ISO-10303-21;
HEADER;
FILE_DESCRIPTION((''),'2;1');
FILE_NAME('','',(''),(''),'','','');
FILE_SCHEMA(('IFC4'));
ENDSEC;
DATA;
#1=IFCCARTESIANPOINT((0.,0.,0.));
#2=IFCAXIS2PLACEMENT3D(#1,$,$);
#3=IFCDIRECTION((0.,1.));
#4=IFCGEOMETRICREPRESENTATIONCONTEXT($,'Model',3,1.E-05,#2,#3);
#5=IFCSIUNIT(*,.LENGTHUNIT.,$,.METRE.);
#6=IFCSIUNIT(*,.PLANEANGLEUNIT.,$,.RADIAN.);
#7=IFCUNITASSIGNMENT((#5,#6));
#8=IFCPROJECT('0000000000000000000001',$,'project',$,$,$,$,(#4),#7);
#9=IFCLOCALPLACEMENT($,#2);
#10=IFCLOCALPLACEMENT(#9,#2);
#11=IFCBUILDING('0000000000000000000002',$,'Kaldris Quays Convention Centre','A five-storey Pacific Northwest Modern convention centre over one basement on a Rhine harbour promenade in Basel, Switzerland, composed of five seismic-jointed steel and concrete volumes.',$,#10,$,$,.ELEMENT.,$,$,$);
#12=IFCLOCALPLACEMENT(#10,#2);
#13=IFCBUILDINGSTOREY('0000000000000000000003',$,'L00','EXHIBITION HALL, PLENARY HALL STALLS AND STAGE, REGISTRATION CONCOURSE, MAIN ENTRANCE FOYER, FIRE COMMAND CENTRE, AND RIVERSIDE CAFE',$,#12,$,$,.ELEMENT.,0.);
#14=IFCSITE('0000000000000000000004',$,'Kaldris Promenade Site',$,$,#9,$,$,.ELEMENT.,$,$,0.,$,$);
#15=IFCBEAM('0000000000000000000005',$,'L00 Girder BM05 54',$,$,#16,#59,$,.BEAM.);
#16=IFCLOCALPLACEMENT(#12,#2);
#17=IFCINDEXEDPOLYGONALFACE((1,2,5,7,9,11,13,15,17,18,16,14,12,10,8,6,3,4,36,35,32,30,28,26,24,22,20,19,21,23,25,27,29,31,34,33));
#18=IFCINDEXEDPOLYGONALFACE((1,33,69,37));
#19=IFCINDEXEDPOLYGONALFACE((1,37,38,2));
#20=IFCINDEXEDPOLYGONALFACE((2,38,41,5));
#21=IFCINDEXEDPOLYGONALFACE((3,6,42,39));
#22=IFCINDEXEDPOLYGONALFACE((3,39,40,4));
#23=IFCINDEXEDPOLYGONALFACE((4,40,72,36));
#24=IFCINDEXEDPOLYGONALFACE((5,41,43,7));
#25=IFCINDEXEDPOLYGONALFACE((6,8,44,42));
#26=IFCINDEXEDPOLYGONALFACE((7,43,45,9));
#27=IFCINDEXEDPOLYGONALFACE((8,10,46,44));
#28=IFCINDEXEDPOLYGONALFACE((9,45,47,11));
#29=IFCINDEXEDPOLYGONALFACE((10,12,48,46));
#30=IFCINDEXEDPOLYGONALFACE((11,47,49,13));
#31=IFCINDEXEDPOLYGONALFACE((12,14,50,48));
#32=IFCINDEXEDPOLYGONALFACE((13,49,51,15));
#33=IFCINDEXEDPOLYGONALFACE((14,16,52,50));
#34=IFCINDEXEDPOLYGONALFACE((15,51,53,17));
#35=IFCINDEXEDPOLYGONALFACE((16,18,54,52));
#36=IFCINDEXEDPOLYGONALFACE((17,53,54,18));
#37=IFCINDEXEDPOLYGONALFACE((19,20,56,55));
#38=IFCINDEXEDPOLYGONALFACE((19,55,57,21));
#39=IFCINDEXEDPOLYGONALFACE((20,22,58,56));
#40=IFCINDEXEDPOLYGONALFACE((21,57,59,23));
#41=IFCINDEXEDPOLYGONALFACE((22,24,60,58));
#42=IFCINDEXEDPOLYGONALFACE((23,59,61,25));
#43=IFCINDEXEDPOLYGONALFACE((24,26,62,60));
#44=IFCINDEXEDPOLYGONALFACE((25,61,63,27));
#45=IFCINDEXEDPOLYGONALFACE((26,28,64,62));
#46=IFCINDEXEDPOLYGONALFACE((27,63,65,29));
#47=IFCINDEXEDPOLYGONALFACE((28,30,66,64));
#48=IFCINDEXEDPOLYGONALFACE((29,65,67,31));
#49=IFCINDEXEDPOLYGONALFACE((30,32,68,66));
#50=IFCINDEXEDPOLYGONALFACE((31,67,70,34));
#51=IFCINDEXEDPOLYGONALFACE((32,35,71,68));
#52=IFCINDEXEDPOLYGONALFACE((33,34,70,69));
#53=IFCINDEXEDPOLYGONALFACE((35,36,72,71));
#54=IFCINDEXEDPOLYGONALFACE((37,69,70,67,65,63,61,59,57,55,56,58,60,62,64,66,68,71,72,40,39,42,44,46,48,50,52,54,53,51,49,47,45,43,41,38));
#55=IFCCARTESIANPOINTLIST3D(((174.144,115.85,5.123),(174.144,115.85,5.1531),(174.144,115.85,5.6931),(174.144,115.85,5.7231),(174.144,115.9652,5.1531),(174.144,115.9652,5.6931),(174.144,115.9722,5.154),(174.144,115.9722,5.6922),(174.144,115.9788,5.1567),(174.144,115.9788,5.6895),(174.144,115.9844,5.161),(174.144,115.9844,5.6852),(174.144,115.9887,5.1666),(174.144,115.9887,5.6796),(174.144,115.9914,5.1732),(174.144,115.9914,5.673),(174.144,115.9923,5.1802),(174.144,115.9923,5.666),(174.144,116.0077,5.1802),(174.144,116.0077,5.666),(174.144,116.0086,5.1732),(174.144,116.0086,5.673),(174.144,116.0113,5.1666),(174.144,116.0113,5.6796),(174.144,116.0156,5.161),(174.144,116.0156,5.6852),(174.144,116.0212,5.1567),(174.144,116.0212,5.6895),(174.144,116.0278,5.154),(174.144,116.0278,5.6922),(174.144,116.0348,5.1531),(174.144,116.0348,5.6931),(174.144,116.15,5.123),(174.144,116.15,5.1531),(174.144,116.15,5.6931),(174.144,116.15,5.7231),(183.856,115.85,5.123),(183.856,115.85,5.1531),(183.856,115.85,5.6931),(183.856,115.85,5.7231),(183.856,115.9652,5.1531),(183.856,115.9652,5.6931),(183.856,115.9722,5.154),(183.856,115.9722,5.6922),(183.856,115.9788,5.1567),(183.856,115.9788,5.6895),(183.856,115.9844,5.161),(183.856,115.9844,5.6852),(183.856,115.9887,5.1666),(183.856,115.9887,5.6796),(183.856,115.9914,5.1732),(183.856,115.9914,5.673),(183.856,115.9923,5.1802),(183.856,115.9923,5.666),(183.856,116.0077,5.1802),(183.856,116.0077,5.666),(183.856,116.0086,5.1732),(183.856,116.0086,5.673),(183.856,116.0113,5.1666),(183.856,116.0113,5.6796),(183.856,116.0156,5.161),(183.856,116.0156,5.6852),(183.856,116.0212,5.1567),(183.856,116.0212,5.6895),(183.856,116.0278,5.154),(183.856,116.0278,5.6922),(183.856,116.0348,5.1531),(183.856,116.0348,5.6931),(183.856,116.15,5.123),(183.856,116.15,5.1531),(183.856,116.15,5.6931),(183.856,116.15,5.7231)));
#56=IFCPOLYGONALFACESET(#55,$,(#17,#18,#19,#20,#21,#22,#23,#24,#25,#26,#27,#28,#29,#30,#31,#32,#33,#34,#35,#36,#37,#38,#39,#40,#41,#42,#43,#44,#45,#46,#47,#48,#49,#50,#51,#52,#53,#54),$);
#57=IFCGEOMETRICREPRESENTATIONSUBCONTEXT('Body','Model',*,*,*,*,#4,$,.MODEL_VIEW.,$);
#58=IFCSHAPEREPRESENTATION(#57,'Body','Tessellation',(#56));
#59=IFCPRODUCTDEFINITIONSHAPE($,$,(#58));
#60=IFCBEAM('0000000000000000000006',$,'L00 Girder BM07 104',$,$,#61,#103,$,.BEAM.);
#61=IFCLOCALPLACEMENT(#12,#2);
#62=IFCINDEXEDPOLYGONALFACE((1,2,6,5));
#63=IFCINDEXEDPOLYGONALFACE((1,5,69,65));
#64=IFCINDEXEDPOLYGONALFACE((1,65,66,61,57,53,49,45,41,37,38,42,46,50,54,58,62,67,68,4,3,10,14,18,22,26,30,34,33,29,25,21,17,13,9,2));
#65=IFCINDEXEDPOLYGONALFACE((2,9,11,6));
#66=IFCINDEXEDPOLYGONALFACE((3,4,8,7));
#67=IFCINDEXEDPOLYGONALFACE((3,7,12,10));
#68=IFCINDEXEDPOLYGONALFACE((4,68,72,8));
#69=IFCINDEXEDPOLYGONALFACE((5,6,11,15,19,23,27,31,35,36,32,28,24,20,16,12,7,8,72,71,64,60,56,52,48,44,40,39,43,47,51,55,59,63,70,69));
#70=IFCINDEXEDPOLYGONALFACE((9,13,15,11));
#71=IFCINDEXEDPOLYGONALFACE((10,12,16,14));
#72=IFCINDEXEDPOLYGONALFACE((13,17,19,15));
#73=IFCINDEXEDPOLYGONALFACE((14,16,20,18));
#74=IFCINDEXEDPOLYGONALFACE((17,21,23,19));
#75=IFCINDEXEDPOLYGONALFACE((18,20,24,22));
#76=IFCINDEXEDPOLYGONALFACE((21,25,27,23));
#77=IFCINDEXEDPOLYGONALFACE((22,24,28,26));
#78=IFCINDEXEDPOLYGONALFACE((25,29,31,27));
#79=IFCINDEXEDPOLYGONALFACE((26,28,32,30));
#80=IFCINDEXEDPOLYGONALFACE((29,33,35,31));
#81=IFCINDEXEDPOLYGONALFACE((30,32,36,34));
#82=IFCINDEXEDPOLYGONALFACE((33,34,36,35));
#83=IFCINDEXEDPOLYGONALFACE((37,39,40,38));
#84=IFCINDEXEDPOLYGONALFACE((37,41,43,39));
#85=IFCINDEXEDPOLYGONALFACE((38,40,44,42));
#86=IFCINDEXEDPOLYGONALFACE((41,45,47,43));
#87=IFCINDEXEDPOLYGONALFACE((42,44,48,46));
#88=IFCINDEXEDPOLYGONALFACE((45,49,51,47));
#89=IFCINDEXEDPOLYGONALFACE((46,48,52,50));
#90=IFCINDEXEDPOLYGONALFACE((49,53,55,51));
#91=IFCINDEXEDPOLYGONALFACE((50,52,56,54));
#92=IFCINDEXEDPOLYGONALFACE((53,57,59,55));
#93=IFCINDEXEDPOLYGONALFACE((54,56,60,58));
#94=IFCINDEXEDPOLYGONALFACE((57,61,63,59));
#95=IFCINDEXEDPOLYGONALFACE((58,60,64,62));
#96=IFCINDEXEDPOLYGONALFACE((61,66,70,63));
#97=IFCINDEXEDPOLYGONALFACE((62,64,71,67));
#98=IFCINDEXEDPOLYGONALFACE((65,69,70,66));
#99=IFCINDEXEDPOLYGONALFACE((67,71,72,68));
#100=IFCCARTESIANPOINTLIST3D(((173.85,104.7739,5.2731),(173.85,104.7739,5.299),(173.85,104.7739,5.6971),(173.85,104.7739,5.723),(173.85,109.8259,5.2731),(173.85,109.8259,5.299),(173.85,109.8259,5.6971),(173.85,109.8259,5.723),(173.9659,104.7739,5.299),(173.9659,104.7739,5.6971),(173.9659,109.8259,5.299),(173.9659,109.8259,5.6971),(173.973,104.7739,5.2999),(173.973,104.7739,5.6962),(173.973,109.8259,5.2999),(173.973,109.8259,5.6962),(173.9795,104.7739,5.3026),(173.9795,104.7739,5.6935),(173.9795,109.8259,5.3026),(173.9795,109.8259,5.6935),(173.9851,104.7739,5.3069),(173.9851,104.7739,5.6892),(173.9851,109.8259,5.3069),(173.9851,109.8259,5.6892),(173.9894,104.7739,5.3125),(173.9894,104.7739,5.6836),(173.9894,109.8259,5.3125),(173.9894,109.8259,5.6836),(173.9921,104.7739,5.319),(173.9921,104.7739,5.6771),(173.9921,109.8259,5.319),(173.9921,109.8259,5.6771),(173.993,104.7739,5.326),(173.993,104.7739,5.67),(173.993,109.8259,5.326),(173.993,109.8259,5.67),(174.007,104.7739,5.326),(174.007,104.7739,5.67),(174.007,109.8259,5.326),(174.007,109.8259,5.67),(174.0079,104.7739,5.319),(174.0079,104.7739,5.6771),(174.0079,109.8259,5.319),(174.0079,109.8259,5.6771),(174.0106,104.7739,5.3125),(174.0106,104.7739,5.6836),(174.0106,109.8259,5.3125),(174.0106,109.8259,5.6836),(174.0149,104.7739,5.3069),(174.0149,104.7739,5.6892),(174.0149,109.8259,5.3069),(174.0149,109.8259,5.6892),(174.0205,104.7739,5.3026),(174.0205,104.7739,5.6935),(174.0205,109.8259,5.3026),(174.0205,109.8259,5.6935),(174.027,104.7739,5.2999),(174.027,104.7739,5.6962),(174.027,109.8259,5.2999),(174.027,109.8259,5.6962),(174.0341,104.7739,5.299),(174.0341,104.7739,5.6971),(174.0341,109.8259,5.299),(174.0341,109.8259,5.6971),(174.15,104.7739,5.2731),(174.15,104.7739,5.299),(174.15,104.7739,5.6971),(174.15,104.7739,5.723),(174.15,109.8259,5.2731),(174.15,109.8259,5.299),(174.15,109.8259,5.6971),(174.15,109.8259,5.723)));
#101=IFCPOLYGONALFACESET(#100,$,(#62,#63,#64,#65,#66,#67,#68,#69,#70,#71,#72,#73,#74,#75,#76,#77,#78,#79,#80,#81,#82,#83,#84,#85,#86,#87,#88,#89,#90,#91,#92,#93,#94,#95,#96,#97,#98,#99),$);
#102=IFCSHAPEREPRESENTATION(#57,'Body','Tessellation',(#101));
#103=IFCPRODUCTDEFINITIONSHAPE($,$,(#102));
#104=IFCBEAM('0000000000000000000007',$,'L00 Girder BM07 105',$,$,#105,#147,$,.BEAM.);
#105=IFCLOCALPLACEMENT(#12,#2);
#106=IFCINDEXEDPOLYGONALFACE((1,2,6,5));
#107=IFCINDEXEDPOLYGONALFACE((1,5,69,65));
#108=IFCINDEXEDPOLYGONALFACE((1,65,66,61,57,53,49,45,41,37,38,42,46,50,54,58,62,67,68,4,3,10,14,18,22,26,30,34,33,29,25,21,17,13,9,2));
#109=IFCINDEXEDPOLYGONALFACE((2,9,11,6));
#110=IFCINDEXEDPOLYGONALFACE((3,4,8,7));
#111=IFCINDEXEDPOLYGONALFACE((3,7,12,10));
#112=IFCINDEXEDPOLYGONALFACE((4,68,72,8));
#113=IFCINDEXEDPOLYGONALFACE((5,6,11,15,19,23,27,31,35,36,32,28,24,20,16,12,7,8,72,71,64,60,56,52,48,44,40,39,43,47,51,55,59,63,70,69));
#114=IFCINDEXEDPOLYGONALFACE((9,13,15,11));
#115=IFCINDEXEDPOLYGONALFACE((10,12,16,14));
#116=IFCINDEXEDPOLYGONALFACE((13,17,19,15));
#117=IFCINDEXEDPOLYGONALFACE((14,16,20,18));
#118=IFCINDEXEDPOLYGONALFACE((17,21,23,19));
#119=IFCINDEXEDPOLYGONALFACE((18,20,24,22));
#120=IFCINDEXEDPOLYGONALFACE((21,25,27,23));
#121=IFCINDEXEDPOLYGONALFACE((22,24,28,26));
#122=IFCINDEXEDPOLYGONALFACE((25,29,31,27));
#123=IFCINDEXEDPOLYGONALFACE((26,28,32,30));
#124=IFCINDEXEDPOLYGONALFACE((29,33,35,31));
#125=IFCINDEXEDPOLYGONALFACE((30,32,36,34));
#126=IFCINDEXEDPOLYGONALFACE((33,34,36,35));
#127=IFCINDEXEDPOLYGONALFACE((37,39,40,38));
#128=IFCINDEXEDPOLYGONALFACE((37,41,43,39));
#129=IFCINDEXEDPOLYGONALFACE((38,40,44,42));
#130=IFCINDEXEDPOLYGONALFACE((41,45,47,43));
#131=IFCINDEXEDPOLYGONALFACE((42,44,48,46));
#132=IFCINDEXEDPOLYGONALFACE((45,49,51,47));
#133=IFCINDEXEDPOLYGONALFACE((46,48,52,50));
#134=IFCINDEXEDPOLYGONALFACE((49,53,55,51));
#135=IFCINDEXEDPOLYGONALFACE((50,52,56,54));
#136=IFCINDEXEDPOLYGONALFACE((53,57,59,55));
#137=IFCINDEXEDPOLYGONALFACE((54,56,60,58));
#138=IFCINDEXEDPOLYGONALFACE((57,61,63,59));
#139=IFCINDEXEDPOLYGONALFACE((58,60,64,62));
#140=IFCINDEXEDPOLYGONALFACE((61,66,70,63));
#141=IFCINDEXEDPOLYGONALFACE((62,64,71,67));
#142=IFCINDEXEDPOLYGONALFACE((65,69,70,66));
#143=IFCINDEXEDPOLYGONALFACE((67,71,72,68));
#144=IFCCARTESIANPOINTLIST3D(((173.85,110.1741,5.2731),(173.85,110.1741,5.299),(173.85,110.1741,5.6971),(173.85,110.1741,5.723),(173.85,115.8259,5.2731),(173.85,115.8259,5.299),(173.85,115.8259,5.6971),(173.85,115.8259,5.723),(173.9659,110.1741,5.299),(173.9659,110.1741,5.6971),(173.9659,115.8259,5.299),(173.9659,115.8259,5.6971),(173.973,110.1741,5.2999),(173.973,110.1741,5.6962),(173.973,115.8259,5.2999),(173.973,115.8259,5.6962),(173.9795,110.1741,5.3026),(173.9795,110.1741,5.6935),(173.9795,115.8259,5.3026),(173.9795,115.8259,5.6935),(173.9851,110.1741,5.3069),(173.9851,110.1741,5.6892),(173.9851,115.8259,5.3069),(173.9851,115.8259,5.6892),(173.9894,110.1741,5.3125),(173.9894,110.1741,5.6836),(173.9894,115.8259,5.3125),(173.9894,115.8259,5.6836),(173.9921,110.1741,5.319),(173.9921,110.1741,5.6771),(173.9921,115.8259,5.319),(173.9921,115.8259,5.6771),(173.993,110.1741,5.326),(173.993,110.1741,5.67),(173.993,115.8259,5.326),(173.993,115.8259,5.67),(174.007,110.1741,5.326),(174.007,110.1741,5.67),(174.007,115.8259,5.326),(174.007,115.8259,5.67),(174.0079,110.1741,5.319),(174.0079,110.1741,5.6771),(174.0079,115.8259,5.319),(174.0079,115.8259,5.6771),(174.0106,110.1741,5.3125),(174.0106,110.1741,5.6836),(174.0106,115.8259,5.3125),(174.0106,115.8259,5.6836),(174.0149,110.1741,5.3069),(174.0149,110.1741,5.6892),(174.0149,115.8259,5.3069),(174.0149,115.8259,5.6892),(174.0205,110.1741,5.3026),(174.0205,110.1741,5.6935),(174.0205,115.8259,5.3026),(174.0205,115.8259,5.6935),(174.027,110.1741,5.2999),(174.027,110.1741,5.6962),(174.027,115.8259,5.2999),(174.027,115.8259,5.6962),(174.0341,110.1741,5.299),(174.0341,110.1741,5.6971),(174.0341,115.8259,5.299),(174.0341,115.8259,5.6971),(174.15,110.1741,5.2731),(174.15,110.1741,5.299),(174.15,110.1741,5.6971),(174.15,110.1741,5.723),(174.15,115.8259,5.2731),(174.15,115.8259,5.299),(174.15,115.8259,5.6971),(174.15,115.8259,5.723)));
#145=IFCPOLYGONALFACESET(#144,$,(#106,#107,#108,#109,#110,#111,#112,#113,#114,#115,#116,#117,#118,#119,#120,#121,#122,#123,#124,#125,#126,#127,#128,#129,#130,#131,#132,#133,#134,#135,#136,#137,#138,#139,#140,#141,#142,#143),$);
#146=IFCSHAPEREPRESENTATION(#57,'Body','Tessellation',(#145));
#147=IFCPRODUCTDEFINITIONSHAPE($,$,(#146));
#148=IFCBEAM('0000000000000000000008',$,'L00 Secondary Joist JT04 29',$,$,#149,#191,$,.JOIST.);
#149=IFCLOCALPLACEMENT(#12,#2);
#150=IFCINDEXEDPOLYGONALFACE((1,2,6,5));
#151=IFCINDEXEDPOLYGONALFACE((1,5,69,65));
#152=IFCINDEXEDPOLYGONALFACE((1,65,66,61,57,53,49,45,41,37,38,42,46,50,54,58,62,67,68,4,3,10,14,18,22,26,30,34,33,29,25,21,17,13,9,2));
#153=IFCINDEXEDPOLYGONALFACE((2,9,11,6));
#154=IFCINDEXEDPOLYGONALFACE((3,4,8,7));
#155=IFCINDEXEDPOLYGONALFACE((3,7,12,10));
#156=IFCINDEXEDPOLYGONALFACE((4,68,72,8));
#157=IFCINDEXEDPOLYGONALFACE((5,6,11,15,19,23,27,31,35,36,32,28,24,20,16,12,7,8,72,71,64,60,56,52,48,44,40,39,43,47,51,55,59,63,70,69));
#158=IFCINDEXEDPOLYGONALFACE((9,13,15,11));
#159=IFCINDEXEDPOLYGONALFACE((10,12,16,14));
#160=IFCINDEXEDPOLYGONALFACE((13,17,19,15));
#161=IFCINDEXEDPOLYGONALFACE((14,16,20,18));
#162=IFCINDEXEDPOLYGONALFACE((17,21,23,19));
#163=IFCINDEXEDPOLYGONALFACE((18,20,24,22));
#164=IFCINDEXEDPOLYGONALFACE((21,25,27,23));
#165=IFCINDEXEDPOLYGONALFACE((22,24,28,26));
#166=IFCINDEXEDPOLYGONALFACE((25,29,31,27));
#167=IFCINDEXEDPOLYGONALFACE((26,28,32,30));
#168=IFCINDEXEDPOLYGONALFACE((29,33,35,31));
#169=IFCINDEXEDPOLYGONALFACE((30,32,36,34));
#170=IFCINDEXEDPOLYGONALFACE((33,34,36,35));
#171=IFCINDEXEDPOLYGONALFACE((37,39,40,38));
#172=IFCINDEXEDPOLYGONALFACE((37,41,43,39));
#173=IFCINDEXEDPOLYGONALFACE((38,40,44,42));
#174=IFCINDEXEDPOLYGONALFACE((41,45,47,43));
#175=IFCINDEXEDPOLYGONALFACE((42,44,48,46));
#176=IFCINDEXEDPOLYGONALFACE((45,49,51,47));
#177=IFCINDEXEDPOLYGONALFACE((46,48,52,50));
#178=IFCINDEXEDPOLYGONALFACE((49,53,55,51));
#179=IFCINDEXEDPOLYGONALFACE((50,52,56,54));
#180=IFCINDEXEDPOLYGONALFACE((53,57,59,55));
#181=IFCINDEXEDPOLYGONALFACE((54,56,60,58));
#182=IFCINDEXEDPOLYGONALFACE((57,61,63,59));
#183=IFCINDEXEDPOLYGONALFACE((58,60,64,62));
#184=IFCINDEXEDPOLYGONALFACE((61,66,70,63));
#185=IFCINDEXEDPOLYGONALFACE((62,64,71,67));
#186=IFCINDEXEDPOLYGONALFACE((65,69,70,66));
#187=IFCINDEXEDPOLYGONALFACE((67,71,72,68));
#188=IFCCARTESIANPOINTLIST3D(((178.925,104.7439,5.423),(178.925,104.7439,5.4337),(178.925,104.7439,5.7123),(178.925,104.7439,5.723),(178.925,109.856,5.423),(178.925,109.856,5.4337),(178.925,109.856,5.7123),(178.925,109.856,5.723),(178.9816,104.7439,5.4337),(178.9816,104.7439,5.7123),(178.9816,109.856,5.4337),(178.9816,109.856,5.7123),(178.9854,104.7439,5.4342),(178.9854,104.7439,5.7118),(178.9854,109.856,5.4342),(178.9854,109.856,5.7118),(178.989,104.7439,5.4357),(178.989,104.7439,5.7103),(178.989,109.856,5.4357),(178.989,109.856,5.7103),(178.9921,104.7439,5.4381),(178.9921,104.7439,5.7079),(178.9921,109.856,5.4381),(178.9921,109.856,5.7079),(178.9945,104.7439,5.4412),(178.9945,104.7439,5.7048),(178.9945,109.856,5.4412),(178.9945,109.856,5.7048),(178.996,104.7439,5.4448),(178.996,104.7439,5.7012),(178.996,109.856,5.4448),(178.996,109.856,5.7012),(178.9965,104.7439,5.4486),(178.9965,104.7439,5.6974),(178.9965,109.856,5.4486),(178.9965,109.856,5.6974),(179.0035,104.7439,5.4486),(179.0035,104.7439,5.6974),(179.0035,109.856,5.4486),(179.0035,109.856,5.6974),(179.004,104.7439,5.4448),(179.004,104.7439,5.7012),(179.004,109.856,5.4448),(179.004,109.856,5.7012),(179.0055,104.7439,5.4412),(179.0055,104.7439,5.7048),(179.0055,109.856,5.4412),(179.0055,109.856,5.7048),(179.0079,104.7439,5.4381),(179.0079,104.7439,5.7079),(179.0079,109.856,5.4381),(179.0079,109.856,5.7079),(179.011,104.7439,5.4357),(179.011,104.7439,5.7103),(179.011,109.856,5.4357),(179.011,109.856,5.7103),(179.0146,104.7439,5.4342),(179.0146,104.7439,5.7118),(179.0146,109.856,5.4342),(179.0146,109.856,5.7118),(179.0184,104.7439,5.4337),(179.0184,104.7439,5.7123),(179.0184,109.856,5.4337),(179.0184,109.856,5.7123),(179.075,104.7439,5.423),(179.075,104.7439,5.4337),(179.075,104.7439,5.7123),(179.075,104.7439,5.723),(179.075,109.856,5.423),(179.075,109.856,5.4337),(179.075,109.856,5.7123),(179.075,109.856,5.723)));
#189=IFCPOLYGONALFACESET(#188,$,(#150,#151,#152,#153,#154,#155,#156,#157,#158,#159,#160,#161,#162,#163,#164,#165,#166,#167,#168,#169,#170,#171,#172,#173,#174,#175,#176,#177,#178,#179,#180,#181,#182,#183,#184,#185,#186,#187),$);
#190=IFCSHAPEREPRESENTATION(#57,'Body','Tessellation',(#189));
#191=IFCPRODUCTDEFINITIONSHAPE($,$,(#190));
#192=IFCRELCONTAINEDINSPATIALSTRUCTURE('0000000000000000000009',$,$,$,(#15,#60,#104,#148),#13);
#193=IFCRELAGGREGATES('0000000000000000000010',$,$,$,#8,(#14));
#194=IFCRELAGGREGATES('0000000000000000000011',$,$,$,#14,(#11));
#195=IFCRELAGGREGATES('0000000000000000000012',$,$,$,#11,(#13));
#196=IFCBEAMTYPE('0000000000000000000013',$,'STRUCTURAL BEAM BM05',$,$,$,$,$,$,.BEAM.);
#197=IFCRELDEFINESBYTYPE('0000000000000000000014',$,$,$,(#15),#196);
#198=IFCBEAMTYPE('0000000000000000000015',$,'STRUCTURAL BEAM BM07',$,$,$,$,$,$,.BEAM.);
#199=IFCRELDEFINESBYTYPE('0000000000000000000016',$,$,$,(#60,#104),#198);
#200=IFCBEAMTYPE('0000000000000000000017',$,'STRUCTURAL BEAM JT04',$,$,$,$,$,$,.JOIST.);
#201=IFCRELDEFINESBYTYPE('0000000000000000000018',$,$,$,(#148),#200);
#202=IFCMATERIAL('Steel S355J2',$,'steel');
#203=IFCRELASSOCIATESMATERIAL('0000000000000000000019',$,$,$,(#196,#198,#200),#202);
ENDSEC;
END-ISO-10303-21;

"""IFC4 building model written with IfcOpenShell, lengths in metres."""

from ifc_helpers import new_model, si_unit, direction, frame, origin, origin_2d, place, context, subcontext, project, spatial, i_section, extrude, material, material_profile, profile_set, type_object, element, save


model = new_model("IFC4")

# Units and contexts
model_context = context("Model", 3, precision=1e-05, world=origin(), true_north=direction((0.0, 1.0)))
body_context = subcontext(model_context, "Body", "Model", "MODEL_VIEW")
ifc_project = project(units=[si_unit("LENGTHUNIT", "METRE"), si_unit("PLANEANGLEUNIT", "RADIAN")], contexts=[model_context])

# Site, building, storey
site_placement = place(None, origin())
site = spatial("IfcSite", under=ifc_project, at=site_placement, Name="Kaldris Promenade Site", CompositionType="ELEMENT", RefElevation=0.0)
building_placement = place(site_placement, origin())
building = spatial("IfcBuilding", under=site, at=building_placement, Name="Kaldris Quays Convention Centre", Description="A five-storey Pacific Northwest Modern convention centre over one basement on a Rhine harbour promenade in Basel, Switzerland, composed of five seismic-jointed steel and concrete volumes.", CompositionType="ELEMENT")
storey_placement = place(building_placement, origin())
storey = spatial("IfcBuildingStorey", under=building, at=storey_placement, Name="L00", Description="EXHIBITION HALL, PLENARY HALL STALLS AND STAGE, REGISTRATION CONCOURSE, MAIN ENTRANCE FOYER, FIRE COMMAND CENTRE, AND RIVERSIDE CAFE", CompositionType="ELEMENT", Elevation=0.0)

# Shared definitions
ifc_material_1 = material(Name="Steel S355J2", Category="steel")

# Beams
ifc_material_profile_1 = material_profile(ifc_material_1, i_section(OverallWidth=0.3, OverallDepth=0.6001, WebThickness=0.0154, FlangeThickness=0.03, FilletRadius=0.0271, at=origin_2d()), Name="HEB 600")
ifc_profile_set_1 = profile_set([ifc_material_profile_1], Name="Steel S355J2")
beam_type_1 = type_object("IfcBeamType", Name="STRUCTURAL BEAM BM05", PredefinedType="BEAM", material=ifc_profile_set_1)
for number, where, z_axis, x_axis, name in (
    (1, (174.144, 116.0, 5.4231), (1.0, 0.0, 0.0), (0.0, 1.0, 0.0), "L00 Girder BM05 54"),
):
    element("IfcBeam", number, at=place(storey_placement, frame(where, z_axis=z_axis, x_axis=x_axis)), inside=storey, type_object=beam_type_1, Name=name, PredefinedType="BEAM", context=body_context, shape_type="SweptSolid", body=[
        extrude(i_section(OverallWidth=0.3, OverallDepth=0.6001, WebThickness=0.0154, FlangeThickness=0.03, FilletRadius=0.0271, at=origin_2d()), origin(), (0.0, 0.0, 1.0), 9.7119),
    ])
ifc_material_profile_2 = material_profile(ifc_material_1, i_section(OverallWidth=0.3, OverallDepth=0.45, WebThickness=0.0139, FlangeThickness=0.0259, FilletRadius=0.0271, at=origin_2d()), Name="HEB 450")
ifc_profile_set_2 = profile_set([ifc_material_profile_2], Name="Steel S355J2")
beam_type_2 = type_object("IfcBeamType", Name="STRUCTURAL BEAM BM07", PredefinedType="BEAM", material=ifc_profile_set_2)
beam_1_placement = place(storey_placement, frame((174.0, 104.7739, 5.498), z_axis=(0.0, 1.0, 0.0), x_axis=(-1.0, 0.0, 0.0)))
element("IfcBeam", 2, at=beam_1_placement, inside=storey, type_object=beam_type_2, Name="L00 Girder BM07 104", PredefinedType="BEAM", context=body_context, shape_type="SweptSolid", body=[
    extrude(i_section(OverallWidth=0.3, OverallDepth=0.45, WebThickness=0.0139, FlangeThickness=0.0259, FilletRadius=0.0271, at=origin_2d()), origin(), (0.0, 0.0, 1.0), 5.052),
])
beam_2_placement = place(storey_placement, frame((174.0, 110.1741, 5.498), z_axis=(0.0, 1.0, 0.0), x_axis=(-1.0, 0.0, 0.0)))
element("IfcBeam", 3, at=beam_2_placement, inside=storey, type_object=beam_type_2, Name="L00 Girder BM07 105", PredefinedType="BEAM", context=body_context, shape_type="SweptSolid", body=[
    extrude(i_section(OverallWidth=0.3, OverallDepth=0.45, WebThickness=0.0139, FlangeThickness=0.0259, FilletRadius=0.0271, at=origin_2d()), origin(), (0.0, 0.0, 1.0), 5.6519),
])
ifc_material_profile_3 = material_profile(ifc_material_1, i_section(OverallWidth=0.1499, OverallDepth=0.3, WebThickness=0.0071, FlangeThickness=0.0107, FilletRadius=0.0149, at=origin_2d()), Name="IPE 300")
ifc_profile_set_3 = profile_set([ifc_material_profile_3], Name="Steel S355J2")
beam_type_3 = type_object("IfcBeamType", Name="STRUCTURAL BEAM JT04", PredefinedType="JOIST", material=ifc_profile_set_3)
beam_3_placement = place(storey_placement, frame((179.0, 104.7439, 5.573), z_axis=(0.0, 1.0, 0.0), x_axis=(-1.0, 0.0, 0.0)))
element("IfcBeam", 4, at=beam_3_placement, inside=storey, type_object=beam_type_3, Name="L00 Secondary Joist JT04 29", PredefinedType="JOIST", context=body_context, shape_type="SweptSolid", body=[
    extrude(i_section(OverallWidth=0.1499, OverallDepth=0.3, WebThickness=0.0071, FlangeThickness=0.0107, FilletRadius=0.0149, at=origin_2d()), origin(), (0.0, 0.0, 1.0), 5.1121),
])

save(model, "model.ifc")
